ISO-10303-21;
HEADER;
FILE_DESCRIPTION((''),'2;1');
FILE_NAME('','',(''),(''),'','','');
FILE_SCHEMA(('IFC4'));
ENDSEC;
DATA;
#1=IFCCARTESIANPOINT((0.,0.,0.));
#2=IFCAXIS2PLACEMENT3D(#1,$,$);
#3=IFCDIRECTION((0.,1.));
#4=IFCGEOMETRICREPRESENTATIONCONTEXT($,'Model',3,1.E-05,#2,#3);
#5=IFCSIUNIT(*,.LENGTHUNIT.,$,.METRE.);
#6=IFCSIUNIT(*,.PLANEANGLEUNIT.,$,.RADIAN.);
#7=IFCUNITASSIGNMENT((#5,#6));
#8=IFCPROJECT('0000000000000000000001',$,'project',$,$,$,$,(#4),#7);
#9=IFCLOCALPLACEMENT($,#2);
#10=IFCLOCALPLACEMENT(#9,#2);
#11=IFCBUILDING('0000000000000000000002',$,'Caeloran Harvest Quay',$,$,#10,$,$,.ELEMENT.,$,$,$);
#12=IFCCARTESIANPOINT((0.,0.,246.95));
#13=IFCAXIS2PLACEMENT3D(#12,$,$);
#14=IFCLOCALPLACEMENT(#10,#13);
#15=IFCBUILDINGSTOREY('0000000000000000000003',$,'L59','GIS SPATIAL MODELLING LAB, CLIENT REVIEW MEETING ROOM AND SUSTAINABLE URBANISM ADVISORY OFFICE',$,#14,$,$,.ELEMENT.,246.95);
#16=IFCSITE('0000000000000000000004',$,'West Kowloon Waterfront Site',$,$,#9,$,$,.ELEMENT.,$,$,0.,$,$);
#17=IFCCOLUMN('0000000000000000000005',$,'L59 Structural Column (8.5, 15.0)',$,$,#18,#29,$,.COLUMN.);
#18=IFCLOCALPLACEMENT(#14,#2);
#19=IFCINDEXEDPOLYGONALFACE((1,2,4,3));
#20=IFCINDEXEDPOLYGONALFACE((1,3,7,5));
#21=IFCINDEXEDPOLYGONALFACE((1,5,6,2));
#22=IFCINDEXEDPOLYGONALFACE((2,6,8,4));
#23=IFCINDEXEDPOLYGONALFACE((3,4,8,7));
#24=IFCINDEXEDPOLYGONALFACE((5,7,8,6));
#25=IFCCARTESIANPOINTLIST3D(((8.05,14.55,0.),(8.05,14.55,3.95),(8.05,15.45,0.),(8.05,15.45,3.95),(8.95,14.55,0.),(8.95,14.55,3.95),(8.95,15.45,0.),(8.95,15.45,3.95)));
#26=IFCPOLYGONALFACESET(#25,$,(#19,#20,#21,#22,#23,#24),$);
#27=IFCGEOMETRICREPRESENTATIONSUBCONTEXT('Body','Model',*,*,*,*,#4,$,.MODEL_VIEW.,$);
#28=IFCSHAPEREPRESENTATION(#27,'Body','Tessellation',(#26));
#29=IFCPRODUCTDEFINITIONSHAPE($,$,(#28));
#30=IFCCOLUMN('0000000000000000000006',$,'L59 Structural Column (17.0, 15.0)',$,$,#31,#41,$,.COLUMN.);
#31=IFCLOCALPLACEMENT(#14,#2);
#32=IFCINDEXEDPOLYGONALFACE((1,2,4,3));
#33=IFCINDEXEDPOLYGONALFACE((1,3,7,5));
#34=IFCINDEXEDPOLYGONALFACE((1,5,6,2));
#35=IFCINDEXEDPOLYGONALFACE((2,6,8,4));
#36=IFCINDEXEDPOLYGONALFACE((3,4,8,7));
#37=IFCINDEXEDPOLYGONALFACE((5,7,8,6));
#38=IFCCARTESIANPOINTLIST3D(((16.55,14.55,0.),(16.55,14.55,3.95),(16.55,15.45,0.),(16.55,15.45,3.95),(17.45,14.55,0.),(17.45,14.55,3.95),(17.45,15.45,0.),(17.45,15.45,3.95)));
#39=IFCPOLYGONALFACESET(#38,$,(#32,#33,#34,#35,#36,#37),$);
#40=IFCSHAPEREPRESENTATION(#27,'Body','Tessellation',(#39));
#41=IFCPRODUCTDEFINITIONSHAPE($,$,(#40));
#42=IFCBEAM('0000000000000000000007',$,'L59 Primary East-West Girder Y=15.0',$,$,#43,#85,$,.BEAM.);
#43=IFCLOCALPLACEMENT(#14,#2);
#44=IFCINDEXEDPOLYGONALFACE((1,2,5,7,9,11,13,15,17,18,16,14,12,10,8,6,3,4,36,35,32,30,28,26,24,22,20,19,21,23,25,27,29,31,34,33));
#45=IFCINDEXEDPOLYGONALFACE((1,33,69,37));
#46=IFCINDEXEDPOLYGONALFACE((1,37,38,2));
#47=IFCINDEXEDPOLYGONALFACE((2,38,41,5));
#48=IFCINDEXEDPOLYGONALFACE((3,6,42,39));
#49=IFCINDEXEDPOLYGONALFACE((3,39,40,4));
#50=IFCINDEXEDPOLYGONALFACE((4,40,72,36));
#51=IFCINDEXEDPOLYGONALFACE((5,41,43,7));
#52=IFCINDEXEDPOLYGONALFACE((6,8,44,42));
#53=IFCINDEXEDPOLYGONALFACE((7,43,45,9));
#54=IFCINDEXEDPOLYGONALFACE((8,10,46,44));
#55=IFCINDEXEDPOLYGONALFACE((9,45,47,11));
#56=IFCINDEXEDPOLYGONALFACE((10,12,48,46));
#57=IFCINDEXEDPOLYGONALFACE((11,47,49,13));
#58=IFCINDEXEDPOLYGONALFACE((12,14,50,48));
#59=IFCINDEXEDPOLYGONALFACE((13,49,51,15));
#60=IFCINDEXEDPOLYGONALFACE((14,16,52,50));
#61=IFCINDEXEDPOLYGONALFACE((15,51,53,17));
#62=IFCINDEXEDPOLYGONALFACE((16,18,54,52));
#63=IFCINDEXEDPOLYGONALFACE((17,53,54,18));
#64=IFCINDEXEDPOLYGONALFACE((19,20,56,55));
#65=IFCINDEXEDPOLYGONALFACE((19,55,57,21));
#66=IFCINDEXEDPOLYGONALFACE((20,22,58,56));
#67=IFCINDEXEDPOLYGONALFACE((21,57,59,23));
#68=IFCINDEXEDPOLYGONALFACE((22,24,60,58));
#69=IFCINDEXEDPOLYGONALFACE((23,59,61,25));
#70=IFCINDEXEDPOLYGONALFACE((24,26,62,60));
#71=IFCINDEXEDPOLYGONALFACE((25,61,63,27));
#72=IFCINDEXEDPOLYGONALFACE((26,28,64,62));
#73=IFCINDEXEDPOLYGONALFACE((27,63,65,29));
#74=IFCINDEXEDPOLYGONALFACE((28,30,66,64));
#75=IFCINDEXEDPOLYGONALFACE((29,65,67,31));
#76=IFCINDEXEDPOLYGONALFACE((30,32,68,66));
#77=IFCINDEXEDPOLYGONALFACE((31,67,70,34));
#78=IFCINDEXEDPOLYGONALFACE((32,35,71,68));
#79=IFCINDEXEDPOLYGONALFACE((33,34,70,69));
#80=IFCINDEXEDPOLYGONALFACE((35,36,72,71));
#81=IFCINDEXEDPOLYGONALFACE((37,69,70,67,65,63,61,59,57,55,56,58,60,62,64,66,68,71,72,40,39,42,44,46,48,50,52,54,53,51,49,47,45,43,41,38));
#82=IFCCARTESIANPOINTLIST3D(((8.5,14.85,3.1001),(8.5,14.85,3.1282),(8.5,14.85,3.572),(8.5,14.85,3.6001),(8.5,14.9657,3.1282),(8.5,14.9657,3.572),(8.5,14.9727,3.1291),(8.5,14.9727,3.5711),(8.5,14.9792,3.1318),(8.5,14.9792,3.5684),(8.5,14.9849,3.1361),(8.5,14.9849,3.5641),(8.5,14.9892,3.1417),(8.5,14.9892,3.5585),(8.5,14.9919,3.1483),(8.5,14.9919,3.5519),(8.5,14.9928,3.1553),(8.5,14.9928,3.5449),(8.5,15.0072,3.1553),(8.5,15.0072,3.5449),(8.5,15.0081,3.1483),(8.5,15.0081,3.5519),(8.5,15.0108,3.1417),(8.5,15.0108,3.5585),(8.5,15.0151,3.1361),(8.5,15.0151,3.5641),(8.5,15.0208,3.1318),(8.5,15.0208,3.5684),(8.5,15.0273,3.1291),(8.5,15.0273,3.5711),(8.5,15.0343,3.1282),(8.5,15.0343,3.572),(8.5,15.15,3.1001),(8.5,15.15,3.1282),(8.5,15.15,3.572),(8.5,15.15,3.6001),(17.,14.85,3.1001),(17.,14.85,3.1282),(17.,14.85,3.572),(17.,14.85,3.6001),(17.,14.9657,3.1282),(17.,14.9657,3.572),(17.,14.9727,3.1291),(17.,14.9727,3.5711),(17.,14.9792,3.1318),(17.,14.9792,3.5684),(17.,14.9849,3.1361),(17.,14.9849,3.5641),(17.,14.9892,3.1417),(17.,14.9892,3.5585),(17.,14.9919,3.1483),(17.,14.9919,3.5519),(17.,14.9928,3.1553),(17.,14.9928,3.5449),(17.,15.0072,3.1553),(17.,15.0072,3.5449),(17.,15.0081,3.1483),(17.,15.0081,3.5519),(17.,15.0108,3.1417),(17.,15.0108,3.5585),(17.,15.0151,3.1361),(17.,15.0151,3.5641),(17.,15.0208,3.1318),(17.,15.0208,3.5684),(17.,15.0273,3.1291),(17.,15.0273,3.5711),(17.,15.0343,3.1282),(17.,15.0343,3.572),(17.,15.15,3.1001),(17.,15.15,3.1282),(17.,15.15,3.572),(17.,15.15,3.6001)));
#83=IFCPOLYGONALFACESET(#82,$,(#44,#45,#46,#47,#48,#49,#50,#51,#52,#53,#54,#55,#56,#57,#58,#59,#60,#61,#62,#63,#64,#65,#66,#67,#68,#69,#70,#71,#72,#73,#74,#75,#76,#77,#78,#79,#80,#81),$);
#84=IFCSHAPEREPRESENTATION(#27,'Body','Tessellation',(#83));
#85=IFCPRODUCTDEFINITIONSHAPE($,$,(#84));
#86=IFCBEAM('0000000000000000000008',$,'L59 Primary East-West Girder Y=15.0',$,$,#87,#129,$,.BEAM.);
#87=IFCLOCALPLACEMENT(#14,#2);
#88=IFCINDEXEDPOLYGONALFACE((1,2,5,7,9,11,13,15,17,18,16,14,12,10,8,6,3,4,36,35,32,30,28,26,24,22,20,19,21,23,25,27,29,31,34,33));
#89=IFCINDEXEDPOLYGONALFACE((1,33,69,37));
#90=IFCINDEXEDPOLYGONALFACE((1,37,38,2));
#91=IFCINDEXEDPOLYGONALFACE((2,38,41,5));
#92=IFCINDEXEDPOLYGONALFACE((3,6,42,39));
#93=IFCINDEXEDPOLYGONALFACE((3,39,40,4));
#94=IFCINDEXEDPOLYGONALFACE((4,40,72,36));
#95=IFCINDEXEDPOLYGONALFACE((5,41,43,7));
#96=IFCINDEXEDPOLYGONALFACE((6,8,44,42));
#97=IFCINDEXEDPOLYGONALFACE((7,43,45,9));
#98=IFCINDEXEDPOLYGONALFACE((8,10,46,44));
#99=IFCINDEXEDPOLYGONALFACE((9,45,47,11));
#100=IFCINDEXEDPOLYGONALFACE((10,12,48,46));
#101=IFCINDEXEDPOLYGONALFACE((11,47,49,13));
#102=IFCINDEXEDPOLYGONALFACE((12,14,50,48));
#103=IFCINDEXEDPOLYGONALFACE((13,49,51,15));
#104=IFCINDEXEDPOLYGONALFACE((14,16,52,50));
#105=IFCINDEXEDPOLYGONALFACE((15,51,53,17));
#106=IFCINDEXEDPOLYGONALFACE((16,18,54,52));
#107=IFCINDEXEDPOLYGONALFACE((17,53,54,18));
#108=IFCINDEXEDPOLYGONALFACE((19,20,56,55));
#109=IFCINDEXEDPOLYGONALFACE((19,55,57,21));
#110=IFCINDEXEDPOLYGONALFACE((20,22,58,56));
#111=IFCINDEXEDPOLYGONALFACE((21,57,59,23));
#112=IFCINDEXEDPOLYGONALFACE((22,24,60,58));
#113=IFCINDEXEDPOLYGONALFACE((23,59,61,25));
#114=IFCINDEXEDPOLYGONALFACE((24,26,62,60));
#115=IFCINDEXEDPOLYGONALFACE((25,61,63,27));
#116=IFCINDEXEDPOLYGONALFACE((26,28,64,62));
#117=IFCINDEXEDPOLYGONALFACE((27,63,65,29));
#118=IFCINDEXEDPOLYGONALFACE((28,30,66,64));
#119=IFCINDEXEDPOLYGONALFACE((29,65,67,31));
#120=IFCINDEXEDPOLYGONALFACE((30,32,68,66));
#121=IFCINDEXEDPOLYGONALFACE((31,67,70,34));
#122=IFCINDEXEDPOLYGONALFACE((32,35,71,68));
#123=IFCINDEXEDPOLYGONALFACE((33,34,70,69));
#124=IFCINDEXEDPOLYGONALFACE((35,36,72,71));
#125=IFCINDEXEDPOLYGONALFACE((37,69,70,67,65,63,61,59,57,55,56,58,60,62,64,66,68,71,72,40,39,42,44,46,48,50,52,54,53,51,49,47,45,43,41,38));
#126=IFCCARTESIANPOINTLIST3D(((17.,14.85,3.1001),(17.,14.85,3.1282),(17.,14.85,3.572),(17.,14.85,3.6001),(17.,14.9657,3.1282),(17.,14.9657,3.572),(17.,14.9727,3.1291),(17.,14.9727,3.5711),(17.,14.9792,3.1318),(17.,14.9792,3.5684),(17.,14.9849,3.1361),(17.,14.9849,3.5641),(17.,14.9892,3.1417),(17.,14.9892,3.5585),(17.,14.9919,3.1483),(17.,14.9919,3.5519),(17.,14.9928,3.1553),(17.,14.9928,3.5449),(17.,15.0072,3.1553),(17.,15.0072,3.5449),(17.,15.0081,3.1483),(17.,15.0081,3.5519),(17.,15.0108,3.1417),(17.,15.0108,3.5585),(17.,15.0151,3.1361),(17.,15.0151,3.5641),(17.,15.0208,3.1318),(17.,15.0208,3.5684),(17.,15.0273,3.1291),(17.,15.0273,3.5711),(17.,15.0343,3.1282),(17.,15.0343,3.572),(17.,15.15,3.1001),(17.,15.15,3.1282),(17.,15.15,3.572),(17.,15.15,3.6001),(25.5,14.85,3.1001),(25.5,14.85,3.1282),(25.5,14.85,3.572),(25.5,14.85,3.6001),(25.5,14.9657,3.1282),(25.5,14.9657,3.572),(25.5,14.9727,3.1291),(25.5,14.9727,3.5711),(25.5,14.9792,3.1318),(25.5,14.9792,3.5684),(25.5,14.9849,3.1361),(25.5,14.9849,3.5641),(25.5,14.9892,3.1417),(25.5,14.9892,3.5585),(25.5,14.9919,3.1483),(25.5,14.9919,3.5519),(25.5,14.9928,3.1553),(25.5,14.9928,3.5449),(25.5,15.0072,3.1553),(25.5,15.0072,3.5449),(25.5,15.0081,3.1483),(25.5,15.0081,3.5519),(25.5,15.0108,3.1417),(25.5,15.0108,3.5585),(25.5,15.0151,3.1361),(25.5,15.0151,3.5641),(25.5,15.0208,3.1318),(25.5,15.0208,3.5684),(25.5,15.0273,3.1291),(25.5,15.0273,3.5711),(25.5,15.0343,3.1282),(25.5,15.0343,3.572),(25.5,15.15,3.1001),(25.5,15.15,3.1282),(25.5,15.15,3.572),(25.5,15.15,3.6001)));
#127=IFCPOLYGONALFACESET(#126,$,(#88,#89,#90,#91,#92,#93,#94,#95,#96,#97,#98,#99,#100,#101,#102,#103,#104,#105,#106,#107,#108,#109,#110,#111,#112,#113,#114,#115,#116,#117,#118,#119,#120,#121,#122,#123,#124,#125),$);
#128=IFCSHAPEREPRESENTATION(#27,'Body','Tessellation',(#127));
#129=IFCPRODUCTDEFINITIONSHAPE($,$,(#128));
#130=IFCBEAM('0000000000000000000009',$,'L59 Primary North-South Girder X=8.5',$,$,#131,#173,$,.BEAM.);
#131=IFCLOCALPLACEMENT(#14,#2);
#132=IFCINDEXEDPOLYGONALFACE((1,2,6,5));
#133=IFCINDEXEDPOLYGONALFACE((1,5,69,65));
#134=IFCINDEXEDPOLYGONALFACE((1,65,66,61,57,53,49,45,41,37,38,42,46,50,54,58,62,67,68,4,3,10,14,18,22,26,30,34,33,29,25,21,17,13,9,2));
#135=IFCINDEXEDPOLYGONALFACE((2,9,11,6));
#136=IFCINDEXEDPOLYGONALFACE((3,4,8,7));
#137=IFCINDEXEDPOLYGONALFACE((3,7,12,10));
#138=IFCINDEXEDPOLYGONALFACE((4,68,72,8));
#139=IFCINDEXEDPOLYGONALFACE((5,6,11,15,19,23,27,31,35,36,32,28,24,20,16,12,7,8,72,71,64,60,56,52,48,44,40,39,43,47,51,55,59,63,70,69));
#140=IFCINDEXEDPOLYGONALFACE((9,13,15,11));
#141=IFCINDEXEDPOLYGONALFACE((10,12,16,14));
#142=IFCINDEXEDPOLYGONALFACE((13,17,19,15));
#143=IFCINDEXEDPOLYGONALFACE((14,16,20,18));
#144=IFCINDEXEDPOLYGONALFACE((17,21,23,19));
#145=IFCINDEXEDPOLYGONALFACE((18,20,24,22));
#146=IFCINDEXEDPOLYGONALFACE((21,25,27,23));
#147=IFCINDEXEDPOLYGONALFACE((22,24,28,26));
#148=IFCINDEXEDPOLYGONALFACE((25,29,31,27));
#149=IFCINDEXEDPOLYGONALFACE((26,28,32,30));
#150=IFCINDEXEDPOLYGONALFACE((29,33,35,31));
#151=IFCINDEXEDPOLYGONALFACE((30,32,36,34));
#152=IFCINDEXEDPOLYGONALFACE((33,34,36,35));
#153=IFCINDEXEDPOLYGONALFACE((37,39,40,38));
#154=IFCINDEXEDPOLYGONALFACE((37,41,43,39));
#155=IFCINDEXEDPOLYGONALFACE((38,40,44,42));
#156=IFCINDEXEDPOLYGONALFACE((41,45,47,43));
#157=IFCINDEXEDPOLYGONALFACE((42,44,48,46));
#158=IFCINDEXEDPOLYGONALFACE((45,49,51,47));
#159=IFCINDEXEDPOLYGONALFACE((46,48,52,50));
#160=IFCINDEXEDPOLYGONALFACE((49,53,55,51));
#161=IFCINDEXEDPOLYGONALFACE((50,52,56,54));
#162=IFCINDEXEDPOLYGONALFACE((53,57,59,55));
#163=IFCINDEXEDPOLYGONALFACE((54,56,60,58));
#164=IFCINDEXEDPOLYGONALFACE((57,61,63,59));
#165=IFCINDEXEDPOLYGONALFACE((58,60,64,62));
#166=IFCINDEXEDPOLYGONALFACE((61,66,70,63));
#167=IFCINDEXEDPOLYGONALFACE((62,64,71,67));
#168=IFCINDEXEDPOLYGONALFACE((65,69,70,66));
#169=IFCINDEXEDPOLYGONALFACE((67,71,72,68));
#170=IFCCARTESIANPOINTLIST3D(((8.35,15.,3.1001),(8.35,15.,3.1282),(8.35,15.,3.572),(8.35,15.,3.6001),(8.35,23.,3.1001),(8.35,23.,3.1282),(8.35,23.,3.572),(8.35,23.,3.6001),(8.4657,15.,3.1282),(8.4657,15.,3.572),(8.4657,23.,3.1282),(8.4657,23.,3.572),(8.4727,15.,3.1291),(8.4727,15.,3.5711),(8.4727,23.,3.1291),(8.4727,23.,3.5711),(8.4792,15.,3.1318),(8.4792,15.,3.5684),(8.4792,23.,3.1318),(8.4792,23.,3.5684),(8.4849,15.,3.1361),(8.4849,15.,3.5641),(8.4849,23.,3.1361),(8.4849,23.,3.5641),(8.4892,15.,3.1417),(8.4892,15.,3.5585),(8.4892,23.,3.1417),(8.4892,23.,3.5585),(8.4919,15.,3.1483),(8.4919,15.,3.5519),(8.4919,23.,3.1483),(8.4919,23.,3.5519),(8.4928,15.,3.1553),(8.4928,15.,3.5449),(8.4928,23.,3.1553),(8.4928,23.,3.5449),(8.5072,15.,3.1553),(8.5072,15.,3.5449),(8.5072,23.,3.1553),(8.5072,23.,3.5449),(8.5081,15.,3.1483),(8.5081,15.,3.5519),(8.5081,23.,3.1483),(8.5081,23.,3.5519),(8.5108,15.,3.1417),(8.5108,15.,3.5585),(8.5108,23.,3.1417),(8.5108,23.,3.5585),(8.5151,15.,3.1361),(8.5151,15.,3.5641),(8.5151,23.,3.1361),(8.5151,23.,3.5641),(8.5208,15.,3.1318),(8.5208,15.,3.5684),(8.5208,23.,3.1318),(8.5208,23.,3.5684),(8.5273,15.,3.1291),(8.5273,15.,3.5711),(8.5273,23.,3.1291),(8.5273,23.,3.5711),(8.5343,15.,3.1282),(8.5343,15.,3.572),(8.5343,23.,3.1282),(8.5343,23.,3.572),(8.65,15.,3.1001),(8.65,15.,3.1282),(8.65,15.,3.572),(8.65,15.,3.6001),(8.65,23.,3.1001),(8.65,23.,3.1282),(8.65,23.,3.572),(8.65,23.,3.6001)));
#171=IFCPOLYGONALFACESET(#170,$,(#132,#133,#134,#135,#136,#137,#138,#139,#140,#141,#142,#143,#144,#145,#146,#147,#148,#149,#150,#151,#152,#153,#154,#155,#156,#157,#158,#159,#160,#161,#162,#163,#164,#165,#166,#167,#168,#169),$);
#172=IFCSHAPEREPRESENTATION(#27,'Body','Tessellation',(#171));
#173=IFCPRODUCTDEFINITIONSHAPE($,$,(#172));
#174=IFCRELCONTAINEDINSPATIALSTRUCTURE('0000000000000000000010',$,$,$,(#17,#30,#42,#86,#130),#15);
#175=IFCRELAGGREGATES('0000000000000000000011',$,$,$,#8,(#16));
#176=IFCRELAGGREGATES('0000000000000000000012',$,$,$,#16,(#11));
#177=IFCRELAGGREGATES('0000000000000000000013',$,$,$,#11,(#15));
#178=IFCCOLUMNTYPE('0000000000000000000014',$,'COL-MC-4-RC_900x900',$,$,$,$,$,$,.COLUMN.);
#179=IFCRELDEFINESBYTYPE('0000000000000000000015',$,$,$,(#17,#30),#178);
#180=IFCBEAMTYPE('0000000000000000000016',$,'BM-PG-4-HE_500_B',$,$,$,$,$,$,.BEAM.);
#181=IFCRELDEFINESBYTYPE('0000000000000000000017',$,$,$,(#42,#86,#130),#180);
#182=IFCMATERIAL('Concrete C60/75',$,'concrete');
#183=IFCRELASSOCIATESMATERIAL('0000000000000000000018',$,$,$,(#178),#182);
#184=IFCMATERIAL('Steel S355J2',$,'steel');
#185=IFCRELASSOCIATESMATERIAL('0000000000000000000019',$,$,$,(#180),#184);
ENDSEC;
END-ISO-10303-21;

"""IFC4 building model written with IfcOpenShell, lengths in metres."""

from ifc_helpers import new_model, si_unit, direction, frame, origin, origin_2d, place, context, subcontext, project, spatial, rectangle, i_section, extrude, material, material_profile, profile_set, type_object, element, save


model = new_model("IFC4")

# Units and contexts
model_context = context("Model", 3, precision=1e-05, world=origin(), true_north=direction((0.0, 1.0)))
body_context = subcontext(model_context, "Body", "Model", "MODEL_VIEW")
ifc_project = project(units=[si_unit("LENGTHUNIT", "METRE"), si_unit("PLANEANGLEUNIT", "RADIAN")], contexts=[model_context])

# Site, building, storey
site_placement = place(None, origin())
site = spatial("IfcSite", under=ifc_project, at=site_placement, Name="West Kowloon Waterfront Site", CompositionType="ELEMENT", RefElevation=0.0)
building_placement = place(site_placement, origin())
building = spatial("IfcBuilding", under=site, at=building_placement, Name="Caeloran Harvest Quay", CompositionType="ELEMENT")
storey_placement = place(building_placement, frame((0.0, 0.0, 246.95)))
storey = spatial("IfcBuildingStorey", under=building, at=storey_placement, Name="L59", Description="GIS SPATIAL MODELLING LAB, CLIENT REVIEW MEETING ROOM AND SUSTAINABLE URBANISM ADVISORY OFFICE", CompositionType="ELEMENT", Elevation=246.95)

# Columns
ifc_material_1 = material(Name="Concrete C60/75", Category="concrete")
ifc_material_profile_1 = material_profile(ifc_material_1, rectangle(XDim=0.8999, YDim=0.8999, at=origin_2d()), Name="RC 900x900")
ifc_profile_set_1 = profile_set([ifc_material_profile_1], Name="Concrete C60/75")
column_type = type_object("IfcColumnType", Name="COL-MC-4-RC_900x900", PredefinedType="COLUMN", material=ifc_profile_set_1)
for number, where, z_axis, x_axis, name in (
    (1, (8.5, 15.0, 0.0), (0.0, 0.0, 1.0), (1.0, 0.0, 0.0), "L59 Structural Column (8.5, 15.0)"),
    (2, (17.0, 15.0, 0.0), (0.0, 0.0, 1.0), (1.0, 0.0, 0.0), "L59 Structural Column (17.0, 15.0)"),
):
    element("IfcColumn", number, at=place(storey_placement, frame(where, z_axis=z_axis, x_axis=x_axis)), inside=storey, type_object=column_type, Name=name, PredefinedType="COLUMN", context=body_context, shape_type="SweptSolid", body=[
        extrude(rectangle(XDim=0.8999, YDim=0.8999, at=origin_2d()), origin(), (0.0, 0.0, 1.0), 3.95),
    ])

# Beams
ifc_material_2 = material(Name="Steel S355J2", Category="steel")
ifc_material_profile_2 = material_profile(ifc_material_2, i_section(OverallWidth=0.3, OverallDepth=0.5, WebThickness=0.0144, FlangeThickness=0.0281, FilletRadius=0.0271, at=origin_2d()), Name="HE 500 B")
ifc_profile_set_2 = profile_set([ifc_material_profile_2], Name="Steel S355J2")
beam_type_1 = type_object("IfcBeamType", Name="BM-PG-4-HE_500_B", PredefinedType="BEAM", material=ifc_profile_set_2)
for number, where, z_axis, x_axis, name in (
    (3, (8.5, 15.0, 3.3501), (1.0, 0.0, 0.0), (0.0, 1.0, 0.0), "L59 Primary East-West Girder Y=15.0"),
    (4, (17.0, 15.0, 3.3501), (1.0, 0.0, 0.0), (0.0, 1.0, 0.0), "L59 Primary East-West Girder Y=15.0"),
):
    element("IfcBeam", number, at=place(storey_placement, frame(where, z_axis=z_axis, x_axis=x_axis)), inside=storey, type_object=beam_type_1, Name=name, PredefinedType="BEAM", context=body_context, shape_type="SweptSolid", body=[
        extrude(i_section(OverallWidth=0.3, OverallDepth=0.5, WebThickness=0.0144, FlangeThickness=0.0281, FilletRadius=0.0271, at=origin_2d()), origin(), (0.0, 0.0, 1.0), 8.5),
    ])
beam_1_placement = place(storey_placement, frame((8.5, 15.0, 3.3501), z_axis=(0.0, 1.0, 0.0), x_axis=(-1.0, 0.0, 0.0)))
element("IfcBeam", 5, at=beam_1_placement, inside=storey, type_object=beam_type_1, Name="L59 Primary North-South Girder X=8.5", PredefinedType="BEAM", context=body_context, shape_type="SweptSolid", body=[
    extrude(i_section(OverallWidth=0.3, OverallDepth=0.5, WebThickness=0.0144, FlangeThickness=0.0281, FilletRadius=0.0271, at=origin_2d()), origin(), (0.0, 0.0, 1.0), 8.0),
])

save(model, "model.ifc")
